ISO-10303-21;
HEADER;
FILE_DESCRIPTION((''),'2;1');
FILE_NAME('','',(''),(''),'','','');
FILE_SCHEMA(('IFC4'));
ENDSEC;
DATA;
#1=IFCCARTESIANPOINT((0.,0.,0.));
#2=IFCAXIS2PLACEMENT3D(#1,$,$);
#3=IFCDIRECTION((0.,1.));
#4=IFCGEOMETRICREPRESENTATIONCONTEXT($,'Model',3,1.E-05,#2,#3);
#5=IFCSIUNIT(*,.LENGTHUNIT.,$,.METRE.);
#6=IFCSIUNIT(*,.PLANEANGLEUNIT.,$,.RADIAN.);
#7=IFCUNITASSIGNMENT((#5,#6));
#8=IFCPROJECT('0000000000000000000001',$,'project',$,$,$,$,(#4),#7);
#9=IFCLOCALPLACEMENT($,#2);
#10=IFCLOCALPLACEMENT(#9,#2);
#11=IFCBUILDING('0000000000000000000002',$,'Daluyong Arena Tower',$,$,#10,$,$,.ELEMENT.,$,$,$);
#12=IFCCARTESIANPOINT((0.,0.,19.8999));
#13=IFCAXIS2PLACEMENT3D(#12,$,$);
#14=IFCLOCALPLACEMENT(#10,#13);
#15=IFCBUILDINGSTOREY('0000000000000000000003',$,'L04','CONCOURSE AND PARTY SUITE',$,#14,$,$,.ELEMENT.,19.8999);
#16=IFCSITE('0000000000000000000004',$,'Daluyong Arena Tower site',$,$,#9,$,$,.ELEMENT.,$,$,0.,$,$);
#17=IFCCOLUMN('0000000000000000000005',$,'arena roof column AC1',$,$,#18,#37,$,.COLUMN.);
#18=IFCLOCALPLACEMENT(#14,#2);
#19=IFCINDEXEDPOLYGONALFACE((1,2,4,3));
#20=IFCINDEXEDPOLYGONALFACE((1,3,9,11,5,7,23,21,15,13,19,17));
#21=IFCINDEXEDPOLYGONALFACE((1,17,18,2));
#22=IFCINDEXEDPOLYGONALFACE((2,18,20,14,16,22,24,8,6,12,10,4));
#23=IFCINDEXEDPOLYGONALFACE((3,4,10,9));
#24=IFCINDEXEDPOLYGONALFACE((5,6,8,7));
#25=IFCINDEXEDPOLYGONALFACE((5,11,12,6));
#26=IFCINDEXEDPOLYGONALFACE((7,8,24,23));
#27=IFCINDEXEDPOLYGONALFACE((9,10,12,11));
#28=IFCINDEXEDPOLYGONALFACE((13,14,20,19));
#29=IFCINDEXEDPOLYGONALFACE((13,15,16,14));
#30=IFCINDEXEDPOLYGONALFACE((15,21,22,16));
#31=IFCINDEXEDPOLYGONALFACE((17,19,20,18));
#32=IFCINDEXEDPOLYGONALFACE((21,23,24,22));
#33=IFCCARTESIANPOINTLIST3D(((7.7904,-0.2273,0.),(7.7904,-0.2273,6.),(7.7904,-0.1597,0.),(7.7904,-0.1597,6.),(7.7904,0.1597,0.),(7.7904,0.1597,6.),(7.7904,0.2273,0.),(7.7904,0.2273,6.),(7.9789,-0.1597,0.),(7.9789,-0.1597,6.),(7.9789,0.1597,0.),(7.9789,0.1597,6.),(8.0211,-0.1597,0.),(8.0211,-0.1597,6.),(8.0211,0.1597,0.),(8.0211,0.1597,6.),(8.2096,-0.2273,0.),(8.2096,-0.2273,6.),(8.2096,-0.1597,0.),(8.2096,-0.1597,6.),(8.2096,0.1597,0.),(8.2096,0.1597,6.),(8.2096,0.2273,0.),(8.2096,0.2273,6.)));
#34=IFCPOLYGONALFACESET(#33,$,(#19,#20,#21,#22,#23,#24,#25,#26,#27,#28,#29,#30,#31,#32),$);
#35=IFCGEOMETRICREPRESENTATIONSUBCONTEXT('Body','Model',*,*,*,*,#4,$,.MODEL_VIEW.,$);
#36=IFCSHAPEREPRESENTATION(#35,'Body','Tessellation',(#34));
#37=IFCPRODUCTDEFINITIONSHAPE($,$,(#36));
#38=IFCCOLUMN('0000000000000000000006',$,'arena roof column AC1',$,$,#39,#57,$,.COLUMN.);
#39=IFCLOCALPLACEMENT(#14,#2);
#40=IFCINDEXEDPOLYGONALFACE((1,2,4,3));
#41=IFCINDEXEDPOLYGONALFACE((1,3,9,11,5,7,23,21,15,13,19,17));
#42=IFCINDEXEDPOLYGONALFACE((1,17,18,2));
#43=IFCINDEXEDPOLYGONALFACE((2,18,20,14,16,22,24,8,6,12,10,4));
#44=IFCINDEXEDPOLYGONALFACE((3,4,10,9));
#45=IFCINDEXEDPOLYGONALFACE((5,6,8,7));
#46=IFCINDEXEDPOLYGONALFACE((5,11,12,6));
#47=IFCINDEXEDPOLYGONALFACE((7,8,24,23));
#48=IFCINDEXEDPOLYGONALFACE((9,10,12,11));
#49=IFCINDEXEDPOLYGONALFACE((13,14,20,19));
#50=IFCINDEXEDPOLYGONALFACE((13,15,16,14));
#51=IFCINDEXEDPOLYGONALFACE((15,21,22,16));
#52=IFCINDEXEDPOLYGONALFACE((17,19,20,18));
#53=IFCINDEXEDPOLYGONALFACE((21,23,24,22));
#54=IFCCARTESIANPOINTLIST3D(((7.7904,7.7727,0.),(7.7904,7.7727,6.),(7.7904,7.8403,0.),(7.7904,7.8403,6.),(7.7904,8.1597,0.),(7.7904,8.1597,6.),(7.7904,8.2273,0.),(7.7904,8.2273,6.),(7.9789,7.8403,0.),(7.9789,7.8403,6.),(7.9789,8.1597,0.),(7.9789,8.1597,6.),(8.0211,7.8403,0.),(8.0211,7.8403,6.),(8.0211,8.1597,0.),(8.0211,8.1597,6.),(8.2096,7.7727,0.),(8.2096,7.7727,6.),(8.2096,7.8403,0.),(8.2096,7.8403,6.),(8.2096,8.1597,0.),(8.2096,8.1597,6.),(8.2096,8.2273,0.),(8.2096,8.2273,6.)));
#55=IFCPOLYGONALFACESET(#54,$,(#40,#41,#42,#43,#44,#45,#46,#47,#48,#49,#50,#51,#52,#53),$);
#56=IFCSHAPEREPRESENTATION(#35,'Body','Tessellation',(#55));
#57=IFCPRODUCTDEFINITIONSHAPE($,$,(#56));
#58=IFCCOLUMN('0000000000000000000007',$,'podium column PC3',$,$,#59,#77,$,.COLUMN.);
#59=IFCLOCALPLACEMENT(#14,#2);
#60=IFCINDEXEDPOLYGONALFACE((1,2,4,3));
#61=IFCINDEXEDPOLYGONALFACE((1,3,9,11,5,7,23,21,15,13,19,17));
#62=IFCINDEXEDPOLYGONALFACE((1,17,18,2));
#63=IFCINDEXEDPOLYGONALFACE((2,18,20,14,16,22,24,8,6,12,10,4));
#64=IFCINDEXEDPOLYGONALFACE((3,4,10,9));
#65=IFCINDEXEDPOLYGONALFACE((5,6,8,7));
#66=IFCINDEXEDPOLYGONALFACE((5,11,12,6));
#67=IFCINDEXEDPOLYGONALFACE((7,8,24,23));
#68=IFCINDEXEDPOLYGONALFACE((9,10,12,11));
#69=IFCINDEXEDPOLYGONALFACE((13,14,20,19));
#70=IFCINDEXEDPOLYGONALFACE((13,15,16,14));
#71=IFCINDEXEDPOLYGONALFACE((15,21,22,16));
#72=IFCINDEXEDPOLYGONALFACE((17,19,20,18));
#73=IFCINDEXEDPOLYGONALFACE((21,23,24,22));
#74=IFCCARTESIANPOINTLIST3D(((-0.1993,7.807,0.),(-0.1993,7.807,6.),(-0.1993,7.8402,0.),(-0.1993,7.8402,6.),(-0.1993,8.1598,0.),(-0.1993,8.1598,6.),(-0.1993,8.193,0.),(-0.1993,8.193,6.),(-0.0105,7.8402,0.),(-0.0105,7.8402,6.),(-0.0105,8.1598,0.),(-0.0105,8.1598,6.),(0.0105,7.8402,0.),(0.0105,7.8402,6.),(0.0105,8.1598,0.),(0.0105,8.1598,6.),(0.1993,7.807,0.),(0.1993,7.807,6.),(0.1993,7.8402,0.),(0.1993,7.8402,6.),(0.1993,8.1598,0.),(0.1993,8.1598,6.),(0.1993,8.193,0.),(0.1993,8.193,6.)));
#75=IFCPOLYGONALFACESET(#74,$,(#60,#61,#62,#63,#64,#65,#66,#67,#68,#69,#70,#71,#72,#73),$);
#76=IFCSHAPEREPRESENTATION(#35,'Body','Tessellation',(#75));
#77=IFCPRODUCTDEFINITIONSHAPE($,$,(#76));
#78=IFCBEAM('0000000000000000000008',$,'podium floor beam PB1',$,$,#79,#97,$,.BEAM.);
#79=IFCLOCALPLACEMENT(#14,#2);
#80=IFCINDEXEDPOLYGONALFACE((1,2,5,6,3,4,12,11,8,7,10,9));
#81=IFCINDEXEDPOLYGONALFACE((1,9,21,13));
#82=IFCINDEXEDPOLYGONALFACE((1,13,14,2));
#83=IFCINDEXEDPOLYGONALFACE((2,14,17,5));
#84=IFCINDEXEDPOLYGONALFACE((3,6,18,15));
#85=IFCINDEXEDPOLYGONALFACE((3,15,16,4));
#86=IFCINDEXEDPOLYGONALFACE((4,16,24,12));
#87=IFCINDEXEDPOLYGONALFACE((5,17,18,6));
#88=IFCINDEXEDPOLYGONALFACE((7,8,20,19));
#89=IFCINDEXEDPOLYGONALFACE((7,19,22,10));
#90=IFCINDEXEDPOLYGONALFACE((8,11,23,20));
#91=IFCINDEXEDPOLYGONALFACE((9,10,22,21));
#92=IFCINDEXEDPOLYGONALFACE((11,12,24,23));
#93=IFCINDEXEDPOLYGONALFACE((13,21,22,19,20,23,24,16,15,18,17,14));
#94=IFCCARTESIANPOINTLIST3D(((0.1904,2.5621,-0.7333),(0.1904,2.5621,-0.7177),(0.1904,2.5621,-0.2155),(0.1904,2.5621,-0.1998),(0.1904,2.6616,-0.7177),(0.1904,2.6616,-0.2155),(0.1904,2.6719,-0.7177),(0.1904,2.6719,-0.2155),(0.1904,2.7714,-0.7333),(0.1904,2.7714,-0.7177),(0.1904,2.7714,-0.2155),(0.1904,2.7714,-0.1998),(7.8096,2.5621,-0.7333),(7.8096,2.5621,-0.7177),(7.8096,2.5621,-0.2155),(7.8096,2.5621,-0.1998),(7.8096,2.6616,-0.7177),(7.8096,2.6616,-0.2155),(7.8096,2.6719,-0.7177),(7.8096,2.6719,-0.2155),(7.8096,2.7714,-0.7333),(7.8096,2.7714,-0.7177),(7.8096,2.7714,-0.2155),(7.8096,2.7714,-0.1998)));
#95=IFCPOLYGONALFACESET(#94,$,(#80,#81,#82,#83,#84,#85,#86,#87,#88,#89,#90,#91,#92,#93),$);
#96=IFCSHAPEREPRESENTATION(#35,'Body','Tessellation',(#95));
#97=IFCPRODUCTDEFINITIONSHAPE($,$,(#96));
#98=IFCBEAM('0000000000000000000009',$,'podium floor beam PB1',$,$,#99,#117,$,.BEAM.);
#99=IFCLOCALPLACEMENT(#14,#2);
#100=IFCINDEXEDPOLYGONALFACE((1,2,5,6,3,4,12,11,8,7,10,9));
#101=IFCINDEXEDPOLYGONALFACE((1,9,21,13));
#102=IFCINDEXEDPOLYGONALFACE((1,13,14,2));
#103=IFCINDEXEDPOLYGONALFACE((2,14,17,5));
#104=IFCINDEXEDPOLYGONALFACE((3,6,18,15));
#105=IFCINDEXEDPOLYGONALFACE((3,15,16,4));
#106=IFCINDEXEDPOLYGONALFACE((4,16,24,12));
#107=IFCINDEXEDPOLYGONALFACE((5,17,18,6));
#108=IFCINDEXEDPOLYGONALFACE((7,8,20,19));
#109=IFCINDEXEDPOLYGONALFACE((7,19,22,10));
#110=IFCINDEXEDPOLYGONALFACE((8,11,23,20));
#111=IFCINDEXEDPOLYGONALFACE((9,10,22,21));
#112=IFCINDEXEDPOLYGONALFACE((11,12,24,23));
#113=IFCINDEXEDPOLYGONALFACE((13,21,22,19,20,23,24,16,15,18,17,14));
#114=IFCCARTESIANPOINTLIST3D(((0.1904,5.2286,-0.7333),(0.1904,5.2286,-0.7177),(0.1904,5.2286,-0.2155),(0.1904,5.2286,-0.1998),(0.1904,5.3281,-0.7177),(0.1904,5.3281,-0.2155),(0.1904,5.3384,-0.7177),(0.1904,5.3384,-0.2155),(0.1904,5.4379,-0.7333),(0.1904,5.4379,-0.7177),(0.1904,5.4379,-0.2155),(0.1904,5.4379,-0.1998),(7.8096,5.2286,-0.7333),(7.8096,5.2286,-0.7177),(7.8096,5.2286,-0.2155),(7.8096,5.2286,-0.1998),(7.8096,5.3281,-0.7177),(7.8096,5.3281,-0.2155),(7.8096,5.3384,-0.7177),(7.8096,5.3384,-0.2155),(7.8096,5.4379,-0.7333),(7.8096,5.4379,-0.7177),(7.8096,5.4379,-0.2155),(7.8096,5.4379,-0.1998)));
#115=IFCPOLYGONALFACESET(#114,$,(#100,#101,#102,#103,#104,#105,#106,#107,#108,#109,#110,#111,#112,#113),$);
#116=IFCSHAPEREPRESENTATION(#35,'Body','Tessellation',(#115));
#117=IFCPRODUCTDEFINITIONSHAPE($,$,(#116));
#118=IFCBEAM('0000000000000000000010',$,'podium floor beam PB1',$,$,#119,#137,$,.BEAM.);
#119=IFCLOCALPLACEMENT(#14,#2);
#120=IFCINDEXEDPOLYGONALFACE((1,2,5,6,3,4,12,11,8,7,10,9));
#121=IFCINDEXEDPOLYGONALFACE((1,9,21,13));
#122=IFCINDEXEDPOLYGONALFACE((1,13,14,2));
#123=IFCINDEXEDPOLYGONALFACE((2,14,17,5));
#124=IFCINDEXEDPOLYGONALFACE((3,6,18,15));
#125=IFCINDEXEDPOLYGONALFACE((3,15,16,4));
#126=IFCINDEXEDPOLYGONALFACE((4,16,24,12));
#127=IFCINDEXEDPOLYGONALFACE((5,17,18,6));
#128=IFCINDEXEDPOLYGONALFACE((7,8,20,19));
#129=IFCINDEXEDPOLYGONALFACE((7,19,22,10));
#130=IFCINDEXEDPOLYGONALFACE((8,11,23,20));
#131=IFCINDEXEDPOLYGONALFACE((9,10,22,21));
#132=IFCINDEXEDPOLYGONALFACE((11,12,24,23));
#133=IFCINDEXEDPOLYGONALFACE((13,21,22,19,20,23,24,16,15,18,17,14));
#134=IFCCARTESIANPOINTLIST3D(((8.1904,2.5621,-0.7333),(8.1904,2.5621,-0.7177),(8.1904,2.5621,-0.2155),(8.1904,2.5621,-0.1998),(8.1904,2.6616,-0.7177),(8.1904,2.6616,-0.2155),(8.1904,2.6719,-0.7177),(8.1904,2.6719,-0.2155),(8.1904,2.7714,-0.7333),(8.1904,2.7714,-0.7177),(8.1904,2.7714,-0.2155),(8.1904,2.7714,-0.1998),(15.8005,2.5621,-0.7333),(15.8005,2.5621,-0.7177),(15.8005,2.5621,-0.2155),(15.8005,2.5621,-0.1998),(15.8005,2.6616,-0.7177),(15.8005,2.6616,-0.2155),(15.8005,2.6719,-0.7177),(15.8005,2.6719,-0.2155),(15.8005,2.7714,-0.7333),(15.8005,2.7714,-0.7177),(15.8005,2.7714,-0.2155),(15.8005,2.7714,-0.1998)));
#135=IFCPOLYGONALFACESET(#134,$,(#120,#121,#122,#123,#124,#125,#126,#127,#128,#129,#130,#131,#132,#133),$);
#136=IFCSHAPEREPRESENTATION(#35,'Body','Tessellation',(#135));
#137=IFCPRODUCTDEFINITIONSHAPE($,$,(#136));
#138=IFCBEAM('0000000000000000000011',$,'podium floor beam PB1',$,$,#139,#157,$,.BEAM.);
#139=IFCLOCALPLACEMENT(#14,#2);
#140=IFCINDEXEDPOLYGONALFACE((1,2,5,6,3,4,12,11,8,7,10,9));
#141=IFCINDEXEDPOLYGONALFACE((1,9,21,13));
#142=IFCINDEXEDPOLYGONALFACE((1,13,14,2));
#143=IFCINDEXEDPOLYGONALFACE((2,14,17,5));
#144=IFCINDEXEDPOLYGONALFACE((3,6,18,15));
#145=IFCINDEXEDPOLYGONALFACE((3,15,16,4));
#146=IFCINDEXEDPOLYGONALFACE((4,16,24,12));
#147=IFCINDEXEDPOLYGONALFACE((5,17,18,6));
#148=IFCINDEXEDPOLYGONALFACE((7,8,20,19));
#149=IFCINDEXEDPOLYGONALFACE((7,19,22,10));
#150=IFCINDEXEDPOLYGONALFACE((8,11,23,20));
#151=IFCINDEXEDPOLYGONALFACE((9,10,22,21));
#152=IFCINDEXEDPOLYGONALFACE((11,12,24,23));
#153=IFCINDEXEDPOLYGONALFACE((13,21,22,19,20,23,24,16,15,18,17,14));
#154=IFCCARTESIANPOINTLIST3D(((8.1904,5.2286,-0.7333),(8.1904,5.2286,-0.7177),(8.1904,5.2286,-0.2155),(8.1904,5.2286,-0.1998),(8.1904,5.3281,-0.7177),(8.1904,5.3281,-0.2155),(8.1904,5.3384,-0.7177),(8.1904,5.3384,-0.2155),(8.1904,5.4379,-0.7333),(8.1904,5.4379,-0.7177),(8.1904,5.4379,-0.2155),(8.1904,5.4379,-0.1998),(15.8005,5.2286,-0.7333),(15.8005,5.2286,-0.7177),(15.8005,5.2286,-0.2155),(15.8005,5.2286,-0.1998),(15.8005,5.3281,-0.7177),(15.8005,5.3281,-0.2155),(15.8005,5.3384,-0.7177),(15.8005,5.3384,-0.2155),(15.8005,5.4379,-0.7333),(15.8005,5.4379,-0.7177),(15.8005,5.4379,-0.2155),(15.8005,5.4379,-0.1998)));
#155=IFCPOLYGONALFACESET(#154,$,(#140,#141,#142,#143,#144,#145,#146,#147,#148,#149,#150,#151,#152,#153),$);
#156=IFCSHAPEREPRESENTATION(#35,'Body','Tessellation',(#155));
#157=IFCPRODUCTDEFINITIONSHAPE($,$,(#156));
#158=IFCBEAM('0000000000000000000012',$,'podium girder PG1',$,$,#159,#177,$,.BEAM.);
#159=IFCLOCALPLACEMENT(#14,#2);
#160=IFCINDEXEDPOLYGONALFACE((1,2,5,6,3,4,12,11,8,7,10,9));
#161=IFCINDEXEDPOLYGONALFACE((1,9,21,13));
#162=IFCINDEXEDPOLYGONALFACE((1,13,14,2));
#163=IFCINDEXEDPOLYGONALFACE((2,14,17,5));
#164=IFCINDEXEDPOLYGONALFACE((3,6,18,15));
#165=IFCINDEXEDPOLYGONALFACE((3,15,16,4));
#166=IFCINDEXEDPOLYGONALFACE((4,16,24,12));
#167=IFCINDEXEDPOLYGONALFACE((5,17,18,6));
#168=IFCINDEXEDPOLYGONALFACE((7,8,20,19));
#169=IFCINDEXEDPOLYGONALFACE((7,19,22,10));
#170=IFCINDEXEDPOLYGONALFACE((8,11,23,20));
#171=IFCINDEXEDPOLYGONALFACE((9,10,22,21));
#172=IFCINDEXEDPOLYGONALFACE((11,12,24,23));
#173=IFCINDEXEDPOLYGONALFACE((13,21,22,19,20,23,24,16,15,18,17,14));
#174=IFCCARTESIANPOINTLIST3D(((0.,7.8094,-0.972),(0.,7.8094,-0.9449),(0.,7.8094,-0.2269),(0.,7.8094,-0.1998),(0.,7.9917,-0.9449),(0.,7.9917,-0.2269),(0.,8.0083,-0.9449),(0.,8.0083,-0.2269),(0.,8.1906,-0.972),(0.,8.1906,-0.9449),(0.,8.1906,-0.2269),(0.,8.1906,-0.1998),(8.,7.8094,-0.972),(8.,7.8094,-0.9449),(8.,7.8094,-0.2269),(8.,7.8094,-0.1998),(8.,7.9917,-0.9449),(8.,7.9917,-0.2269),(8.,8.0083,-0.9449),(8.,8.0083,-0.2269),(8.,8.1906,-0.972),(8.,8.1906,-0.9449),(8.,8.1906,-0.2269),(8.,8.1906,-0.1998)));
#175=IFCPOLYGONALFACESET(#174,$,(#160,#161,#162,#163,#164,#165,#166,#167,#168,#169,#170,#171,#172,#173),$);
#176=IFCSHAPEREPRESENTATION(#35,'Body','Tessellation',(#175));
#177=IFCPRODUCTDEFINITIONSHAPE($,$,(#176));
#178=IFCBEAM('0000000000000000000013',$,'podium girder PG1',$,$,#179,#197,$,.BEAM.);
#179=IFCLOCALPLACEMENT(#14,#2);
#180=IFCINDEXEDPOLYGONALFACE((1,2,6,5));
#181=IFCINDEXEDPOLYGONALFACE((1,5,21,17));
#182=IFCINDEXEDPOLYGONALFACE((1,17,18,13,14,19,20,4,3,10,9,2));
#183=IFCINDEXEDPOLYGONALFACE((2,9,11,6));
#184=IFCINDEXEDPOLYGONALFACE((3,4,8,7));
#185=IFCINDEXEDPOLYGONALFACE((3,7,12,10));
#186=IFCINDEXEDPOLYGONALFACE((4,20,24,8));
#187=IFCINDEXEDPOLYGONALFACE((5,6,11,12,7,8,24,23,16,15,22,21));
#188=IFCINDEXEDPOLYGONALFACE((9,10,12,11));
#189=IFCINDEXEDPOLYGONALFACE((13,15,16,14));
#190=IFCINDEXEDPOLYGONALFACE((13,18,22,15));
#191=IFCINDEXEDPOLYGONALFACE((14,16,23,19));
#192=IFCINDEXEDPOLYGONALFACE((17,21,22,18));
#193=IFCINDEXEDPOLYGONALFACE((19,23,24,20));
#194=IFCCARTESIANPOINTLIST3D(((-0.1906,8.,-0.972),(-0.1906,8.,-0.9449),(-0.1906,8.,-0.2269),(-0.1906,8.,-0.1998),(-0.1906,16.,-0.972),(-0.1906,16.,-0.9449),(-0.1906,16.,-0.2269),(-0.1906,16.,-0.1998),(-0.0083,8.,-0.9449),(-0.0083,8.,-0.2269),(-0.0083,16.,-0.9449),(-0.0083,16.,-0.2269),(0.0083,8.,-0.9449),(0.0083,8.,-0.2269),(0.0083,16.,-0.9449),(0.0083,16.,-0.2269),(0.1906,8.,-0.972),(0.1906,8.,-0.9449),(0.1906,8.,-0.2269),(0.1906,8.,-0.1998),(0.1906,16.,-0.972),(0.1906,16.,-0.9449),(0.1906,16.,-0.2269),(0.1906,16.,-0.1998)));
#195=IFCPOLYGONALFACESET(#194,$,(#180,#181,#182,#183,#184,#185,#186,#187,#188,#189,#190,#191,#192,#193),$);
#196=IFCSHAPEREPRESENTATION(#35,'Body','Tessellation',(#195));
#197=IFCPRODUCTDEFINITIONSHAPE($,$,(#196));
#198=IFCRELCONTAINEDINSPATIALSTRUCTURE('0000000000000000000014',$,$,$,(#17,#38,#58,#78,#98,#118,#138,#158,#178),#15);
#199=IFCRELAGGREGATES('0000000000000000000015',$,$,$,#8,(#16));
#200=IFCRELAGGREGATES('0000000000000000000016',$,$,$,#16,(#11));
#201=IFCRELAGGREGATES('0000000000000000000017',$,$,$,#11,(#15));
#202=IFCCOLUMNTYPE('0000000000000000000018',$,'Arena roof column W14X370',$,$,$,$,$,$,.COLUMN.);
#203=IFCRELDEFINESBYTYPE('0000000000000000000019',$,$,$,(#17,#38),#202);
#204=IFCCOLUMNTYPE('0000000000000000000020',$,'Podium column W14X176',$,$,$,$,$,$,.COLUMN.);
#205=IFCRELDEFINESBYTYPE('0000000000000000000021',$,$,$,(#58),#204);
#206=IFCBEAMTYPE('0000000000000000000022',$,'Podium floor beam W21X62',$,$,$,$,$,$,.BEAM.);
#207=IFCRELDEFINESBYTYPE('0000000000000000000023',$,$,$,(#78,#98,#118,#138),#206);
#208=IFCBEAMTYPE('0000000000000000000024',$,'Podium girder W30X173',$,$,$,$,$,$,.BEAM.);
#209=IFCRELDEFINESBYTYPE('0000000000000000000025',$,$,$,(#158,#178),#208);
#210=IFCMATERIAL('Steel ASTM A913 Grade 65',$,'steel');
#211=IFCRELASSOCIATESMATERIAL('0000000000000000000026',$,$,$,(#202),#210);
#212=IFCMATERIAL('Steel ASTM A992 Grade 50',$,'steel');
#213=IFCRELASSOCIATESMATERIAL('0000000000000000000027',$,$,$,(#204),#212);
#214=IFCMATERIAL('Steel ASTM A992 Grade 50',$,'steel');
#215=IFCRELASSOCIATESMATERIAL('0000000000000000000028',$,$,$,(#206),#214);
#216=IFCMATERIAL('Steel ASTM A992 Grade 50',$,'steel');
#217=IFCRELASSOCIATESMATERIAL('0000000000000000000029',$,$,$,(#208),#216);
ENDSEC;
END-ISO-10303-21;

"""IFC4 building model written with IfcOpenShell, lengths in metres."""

from ifc_helpers import new_model, si_unit, direction, frame, origin, origin_2d, place, context, subcontext, project, spatial, i_section, extrude, material, material_profile, profile_set, type_object, element, save


model = new_model("IFC4")

# Units and contexts
model_context = context("Model", 3, precision=1e-05, world=origin(), true_north=direction((0.0, 1.0)))
body_context = subcontext(model_context, "Body", "Model", "MODEL_VIEW")
ifc_project = project(units=[si_unit("LENGTHUNIT", "METRE"), si_unit("PLANEANGLEUNIT", "RADIAN")], contexts=[model_context])

# Site, building, storey
site_placement = place(None, origin())
site = spatial("IfcSite", under=ifc_project, at=site_placement, Name="Daluyong Arena Tower site", CompositionType="ELEMENT", RefElevation=0.0)
building_placement = place(site_placement, origin())
building = spatial("IfcBuilding", under=site, at=building_placement, Name="Daluyong Arena Tower", CompositionType="ELEMENT")
storey_placement = place(building_placement, frame((0.0, 0.0, 19.8999)))
storey = spatial("IfcBuildingStorey", under=building, at=storey_placement, Name="L04", Description="CONCOURSE AND PARTY SUITE", CompositionType="ELEMENT", Elevation=19.8999)

# Columns
ifc_material_1 = material(Name="Steel ASTM A913 Grade 65", Category="steel")
ifc_material_profile_1 = material_profile(ifc_material_1, i_section(OverallWidth=0.4192, OverallDepth=0.4546, WebThickness=0.0422, FlangeThickness=0.0676, at=origin_2d()))
ifc_profile_set_1 = profile_set([ifc_material_profile_1], Name="Steel ASTM A913 Grade 65")
column_type_1 = type_object("IfcColumnType", Name="Arena roof column W14X370", PredefinedType="COLUMN", material=ifc_profile_set_1)
for number, where, z_axis, x_axis, name in (
    (1, (8.0, 0.0, 0.0), (0.0, 0.0, 1.0), (1.0, 0.0, 0.0), "arena roof column AC1"),
    (2, (8.0, 8.0, 0.0), (0.0, 0.0, 1.0), (1.0, 0.0, 0.0), "arena roof column AC1"),
):
    element("IfcColumn", number, at=place(storey_placement, frame(where, z_axis=z_axis, x_axis=x_axis)), inside=storey, type_object=column_type_1, Name=name, PredefinedType="COLUMN", context=body_context, shape_type="SweptSolid", body=[
        extrude(i_section(OverallWidth=0.4192, OverallDepth=0.4546, WebThickness=0.0422, FlangeThickness=0.0676, at=origin_2d()), origin(), (0.0, 0.0, 1.0), 6.0),
    ])
ifc_material_2 = material(Name="Steel ASTM A992 Grade 50", Category="steel")
ifc_material_profile_2 = material_profile(ifc_material_2, i_section(OverallWidth=0.3987, OverallDepth=0.386, WebThickness=0.021, FlangeThickness=0.0332, at=origin_2d()))
ifc_profile_set_2 = profile_set([ifc_material_profile_2], Name="Steel ASTM A992 Grade 50")
column_type_2 = type_object("IfcColumnType", Name="Podium column W14X176", PredefinedType="COLUMN", material=ifc_profile_set_2)
column_placement = place(storey_placement, frame((0.0, 8.0, 0.0), z_axis=(0.0, 0.0, 1.0), x_axis=(1.0, 0.0, 0.0)))
element("IfcColumn", 3, at=column_placement, inside=storey, type_object=column_type_2, Name="podium column PC3", PredefinedType="COLUMN", context=body_context, shape_type="SweptSolid", body=[
    extrude(i_section(OverallWidth=0.3987, OverallDepth=0.386, WebThickness=0.021, FlangeThickness=0.0332, at=origin_2d()), origin(), (0.0, 0.0, 1.0), 6.0),
])

# Beams
ifc_material_3 = material(Name="Steel ASTM A992 Grade 50", Category="steel")
ifc_material_profile_3 = material_profile(ifc_material_3, i_section(OverallWidth=0.2092, OverallDepth=0.5334, WebThickness=0.0103, FlangeThickness=0.0156, at=origin_2d()))
ifc_profile_set_3 = profile_set([ifc_material_profile_3], Name="Steel ASTM A992 Grade 50")
beam_type_1 = type_object("IfcBeamType", Name="Podium floor beam W21X62", PredefinedType="BEAM", material=ifc_profile_set_3)
for number, where, z_axis, x_axis, name in (
    (4, (0.1904, 2.6667, -0.4666), (1.0, 0.0, 0.0), (0.0, 1.0, 0.0), "podium floor beam PB1"),
    (5, (0.1904, 5.3333, -0.4666), (1.0, 0.0, 0.0), (0.0, 1.0, 0.0), "podium floor beam PB1"),
):
    element("IfcBeam", number, at=place(storey_placement, frame(where, z_axis=z_axis, x_axis=x_axis)), inside=storey, type_object=beam_type_1, Name=name, PredefinedType="BEAM", context=body_context, shape_type="SweptSolid", body=[
        extrude(i_section(OverallWidth=0.2092, OverallDepth=0.5334, WebThickness=0.0103, FlangeThickness=0.0156, at=origin_2d()), origin(), (0.0, 0.0, 1.0), 7.6191),
    ])
for number, where, z_axis, x_axis, name in (
    (6, (8.1904, 2.6667, -0.4666), (1.0, 0.0, 0.0), (0.0, 1.0, 0.0), "podium floor beam PB1"),
    (7, (8.1904, 5.3333, -0.4666), (1.0, 0.0, 0.0), (0.0, 1.0, 0.0), "podium floor beam PB1"),
):
    element("IfcBeam", number, at=place(storey_placement, frame(where, z_axis=z_axis, x_axis=x_axis)), inside=storey, type_object=beam_type_1, Name=name, PredefinedType="BEAM", context=body_context, shape_type="SweptSolid", body=[
        extrude(i_section(OverallWidth=0.2092, OverallDepth=0.5334, WebThickness=0.0103, FlangeThickness=0.0156, at=origin_2d()), origin(), (0.0, 0.0, 1.0), 7.6101),
    ])
ifc_material_4 = material(Name="Steel ASTM A992 Grade 50", Category="steel")
ifc_material_profile_4 = material_profile(ifc_material_4, i_section(OverallWidth=0.3811, OverallDepth=0.7722, WebThickness=0.0166, FlangeThickness=0.0271, at=origin_2d()))
ifc_profile_set_4 = profile_set([ifc_material_profile_4], Name="Steel ASTM A992 Grade 50")
beam_type_2 = type_object("IfcBeamType", Name="Podium girder W30X173", PredefinedType="BEAM", material=ifc_profile_set_4)
for number, where, z_axis, x_axis, name in (
    (8, (0.0, 8.0, -0.5859), (1.0, 0.0, 0.0), (0.0, 1.0, 0.0), "podium girder PG1"),
    (9, (0.0, 8.0, -0.5859), (0.0, 1.0, 0.0), (-1.0, 0.0, 0.0), "podium girder PG1"),
):
    element("IfcBeam", number, at=place(storey_placement, frame(where, z_axis=z_axis, x_axis=x_axis)), inside=storey, type_object=beam_type_2, Name=name, PredefinedType="BEAM", context=body_context, shape_type="SweptSolid", body=[
        extrude(i_section(OverallWidth=0.3811, OverallDepth=0.7722, WebThickness=0.0166, FlangeThickness=0.0271, at=origin_2d()), origin(), (0.0, 0.0, 1.0), 8.0),
    ])

save(model, "model.ifc")
